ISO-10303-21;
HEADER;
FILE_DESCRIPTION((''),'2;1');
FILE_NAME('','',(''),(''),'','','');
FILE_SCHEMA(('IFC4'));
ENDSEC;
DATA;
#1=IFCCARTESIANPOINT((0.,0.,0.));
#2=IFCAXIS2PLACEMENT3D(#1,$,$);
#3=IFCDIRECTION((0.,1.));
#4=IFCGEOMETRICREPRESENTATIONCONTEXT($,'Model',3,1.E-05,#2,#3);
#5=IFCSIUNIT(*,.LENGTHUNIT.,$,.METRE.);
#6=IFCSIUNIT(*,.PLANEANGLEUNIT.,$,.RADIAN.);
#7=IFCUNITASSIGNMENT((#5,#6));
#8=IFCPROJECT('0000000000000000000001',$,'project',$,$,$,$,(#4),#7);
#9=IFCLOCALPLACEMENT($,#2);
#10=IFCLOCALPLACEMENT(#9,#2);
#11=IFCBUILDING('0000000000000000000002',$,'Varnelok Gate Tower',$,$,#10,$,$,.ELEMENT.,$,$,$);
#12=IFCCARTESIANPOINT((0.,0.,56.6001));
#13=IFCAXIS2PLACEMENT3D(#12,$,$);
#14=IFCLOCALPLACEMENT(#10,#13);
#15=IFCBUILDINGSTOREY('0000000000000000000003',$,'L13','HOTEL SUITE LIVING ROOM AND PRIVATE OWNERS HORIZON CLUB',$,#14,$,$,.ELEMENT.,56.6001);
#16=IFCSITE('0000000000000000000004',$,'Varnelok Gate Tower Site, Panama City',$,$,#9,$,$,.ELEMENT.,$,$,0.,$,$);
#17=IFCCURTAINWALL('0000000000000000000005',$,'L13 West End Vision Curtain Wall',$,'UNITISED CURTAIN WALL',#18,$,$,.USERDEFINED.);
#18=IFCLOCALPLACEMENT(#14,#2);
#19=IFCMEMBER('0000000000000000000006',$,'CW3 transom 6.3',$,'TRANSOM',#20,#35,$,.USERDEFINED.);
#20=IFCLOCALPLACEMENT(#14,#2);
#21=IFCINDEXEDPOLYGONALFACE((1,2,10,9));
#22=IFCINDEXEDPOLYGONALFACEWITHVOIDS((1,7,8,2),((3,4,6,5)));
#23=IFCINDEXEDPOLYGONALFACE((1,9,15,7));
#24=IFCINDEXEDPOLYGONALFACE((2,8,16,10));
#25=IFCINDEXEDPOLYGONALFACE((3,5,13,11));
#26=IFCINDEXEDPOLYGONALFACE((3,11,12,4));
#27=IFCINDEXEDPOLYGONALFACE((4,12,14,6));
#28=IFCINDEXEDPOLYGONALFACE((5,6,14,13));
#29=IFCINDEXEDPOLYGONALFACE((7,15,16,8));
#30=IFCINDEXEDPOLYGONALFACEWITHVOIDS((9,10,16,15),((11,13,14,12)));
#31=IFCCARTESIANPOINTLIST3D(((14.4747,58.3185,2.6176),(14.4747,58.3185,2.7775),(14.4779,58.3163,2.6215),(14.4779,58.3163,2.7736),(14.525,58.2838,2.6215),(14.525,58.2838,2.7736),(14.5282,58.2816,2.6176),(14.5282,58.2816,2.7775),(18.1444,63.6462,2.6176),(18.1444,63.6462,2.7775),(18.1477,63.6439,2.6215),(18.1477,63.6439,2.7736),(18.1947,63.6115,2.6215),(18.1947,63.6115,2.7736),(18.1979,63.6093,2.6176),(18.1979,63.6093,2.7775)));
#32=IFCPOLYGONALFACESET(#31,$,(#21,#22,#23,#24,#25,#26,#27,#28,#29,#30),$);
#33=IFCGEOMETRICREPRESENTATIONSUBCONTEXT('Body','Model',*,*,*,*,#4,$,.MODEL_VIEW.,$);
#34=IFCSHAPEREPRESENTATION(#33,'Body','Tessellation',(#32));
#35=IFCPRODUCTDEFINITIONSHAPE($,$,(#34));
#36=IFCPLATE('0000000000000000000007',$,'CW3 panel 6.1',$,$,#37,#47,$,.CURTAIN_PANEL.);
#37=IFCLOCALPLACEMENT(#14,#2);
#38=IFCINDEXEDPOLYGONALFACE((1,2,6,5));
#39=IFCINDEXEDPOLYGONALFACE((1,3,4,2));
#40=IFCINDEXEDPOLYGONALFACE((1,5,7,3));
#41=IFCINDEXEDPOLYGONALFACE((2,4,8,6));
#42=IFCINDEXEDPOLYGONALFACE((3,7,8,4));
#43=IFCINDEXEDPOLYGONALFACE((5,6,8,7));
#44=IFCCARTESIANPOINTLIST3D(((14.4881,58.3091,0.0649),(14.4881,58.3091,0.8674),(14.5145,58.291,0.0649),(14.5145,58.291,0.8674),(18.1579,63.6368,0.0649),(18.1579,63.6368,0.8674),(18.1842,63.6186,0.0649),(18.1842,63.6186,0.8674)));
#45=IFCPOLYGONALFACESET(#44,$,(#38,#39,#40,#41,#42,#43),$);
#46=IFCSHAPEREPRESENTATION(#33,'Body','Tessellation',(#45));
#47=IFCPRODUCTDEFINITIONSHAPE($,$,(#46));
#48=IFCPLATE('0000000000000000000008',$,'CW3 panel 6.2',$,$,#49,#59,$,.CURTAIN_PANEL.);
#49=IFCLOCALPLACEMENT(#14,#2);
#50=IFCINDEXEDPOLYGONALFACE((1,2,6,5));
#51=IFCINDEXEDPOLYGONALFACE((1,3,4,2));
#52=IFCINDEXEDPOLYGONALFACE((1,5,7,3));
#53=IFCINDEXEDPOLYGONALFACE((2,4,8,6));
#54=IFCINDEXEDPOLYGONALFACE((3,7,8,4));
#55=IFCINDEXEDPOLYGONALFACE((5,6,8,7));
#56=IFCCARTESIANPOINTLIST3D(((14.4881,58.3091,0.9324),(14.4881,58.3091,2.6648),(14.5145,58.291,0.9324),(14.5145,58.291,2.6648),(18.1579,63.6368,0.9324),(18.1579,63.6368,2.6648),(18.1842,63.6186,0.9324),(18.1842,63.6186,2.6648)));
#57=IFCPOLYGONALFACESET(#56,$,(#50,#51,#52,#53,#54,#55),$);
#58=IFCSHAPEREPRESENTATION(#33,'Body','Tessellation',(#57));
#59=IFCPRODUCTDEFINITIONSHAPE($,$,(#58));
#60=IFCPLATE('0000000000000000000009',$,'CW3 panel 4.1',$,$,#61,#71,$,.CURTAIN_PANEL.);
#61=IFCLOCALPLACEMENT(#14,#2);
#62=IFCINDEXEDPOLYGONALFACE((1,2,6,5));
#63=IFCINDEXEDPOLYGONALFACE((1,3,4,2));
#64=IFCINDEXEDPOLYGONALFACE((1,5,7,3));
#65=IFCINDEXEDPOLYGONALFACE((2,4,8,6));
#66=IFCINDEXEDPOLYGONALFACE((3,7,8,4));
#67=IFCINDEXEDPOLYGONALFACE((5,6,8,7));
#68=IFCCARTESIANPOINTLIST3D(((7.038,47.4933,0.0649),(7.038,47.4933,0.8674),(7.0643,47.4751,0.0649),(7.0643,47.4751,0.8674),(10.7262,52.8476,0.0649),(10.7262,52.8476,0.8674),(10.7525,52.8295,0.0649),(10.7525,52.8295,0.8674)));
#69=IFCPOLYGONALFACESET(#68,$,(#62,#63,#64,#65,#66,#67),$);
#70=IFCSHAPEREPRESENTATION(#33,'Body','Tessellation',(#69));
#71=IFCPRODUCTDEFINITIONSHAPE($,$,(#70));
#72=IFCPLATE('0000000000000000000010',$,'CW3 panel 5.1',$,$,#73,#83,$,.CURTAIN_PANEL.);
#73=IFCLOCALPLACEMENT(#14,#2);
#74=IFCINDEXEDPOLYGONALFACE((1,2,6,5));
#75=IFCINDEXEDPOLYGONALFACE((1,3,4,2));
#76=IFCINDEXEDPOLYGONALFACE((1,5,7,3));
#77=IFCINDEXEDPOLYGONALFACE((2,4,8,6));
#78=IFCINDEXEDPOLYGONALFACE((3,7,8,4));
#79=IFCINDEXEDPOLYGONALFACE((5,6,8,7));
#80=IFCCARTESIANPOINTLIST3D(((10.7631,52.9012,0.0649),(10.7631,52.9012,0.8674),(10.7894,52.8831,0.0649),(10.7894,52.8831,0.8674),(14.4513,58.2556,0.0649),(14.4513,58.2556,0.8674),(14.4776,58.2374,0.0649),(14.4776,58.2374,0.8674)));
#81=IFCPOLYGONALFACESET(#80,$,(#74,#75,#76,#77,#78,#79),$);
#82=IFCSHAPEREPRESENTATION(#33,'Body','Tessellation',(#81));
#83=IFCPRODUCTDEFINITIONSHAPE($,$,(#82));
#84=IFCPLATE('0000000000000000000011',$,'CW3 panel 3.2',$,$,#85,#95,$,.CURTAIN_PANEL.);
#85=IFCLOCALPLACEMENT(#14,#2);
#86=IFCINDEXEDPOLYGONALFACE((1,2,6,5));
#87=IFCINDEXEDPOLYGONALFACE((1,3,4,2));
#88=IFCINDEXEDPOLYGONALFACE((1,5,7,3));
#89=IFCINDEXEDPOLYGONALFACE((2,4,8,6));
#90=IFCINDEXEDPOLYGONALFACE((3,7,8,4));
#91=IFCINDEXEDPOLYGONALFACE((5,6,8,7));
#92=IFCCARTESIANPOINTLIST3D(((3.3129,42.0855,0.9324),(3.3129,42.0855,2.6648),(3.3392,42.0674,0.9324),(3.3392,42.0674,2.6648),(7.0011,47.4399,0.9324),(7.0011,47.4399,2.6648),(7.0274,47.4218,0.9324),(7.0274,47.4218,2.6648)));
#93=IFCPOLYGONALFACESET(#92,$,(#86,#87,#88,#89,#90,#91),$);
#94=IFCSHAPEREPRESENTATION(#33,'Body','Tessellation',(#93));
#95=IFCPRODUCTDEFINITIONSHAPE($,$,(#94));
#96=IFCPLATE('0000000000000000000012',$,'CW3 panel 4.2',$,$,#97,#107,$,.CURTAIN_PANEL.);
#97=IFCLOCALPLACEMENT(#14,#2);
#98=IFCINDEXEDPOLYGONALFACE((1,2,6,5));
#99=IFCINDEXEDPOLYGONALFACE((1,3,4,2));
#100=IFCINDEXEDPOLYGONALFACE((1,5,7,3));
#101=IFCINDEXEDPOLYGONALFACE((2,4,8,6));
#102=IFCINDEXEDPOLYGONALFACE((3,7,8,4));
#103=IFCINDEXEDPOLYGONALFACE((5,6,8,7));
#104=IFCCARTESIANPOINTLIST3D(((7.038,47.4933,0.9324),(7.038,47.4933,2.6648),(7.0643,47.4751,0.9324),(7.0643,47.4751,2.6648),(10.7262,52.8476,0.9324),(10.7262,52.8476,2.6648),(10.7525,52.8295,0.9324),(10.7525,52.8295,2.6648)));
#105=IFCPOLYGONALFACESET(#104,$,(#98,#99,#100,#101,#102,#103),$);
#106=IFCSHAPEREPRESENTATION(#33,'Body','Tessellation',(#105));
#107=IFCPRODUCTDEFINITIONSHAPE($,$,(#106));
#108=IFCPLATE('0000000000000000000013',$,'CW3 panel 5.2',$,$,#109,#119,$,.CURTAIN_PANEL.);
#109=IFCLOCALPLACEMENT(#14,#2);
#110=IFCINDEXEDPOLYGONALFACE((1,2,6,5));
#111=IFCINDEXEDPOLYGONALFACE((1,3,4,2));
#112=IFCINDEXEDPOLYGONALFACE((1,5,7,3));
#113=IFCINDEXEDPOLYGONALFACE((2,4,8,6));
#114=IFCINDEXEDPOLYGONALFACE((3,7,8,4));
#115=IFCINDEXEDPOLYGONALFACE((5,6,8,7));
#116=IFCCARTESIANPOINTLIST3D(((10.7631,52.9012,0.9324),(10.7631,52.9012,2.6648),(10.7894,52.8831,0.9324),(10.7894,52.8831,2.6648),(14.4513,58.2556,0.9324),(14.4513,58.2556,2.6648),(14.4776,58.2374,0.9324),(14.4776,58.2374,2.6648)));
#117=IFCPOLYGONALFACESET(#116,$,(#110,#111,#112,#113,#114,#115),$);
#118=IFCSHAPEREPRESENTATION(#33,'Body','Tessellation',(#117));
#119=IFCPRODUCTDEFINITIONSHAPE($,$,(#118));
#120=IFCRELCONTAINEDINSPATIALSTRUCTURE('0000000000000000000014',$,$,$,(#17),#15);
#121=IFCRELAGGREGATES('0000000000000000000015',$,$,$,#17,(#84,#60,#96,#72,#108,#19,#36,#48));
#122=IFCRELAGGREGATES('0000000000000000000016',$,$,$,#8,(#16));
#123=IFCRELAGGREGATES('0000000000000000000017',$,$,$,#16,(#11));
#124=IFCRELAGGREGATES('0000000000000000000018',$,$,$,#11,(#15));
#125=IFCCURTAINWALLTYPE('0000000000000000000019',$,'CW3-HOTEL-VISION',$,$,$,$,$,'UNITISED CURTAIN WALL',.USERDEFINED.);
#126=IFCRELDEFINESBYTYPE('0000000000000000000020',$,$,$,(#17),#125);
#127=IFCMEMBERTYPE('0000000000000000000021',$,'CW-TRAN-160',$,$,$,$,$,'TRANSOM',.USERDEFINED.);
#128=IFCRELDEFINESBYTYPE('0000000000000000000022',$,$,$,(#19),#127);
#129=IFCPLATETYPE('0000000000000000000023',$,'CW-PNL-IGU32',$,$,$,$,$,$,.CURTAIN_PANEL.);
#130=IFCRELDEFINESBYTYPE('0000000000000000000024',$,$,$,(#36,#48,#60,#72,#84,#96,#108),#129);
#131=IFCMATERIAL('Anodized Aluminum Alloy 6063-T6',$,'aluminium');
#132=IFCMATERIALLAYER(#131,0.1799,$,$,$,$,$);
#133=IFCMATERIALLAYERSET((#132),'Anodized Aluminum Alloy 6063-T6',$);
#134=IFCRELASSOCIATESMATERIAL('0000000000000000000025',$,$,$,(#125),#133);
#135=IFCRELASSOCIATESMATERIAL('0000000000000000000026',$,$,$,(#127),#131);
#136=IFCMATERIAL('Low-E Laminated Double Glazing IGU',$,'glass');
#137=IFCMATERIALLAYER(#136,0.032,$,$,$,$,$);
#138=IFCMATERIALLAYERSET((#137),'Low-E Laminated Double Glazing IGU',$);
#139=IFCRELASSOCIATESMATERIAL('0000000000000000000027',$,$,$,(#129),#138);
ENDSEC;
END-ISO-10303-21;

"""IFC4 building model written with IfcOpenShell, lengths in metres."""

from ifc_helpers import new_model, si_unit, direction, frame, origin, origin_2d, place, context, subcontext, project, spatial, rectangle, hollow_rectangle, extrude, source, transform, mapped, material, layer, layer_set, material_profile, profile_set, type_object, element, aggregate, save


model = new_model("IFC4")

# Units and contexts
model_context = context("Model", 3, precision=1e-05, world=origin(), true_north=direction((0.0, 1.0)))
body_context = subcontext(model_context, "Body", "Model", "MODEL_VIEW")
ifc_project = project(units=[si_unit("LENGTHUNIT", "METRE"), si_unit("PLANEANGLEUNIT", "RADIAN")], contexts=[model_context])

# Site, building, storey
site_placement = place(None, origin())
site = spatial("IfcSite", under=ifc_project, at=site_placement, Name="Varnelok Gate Tower Site, Panama City", CompositionType="ELEMENT", RefElevation=0.0)
building_placement = place(site_placement, origin())
building = spatial("IfcBuilding", under=site, at=building_placement, Name="Varnelok Gate Tower", CompositionType="ELEMENT")
storey_placement = place(building_placement, frame((0.0, 0.0, 56.6001)))
storey = spatial("IfcBuildingStorey", under=building, at=storey_placement, Name="L13", Description="HOTEL SUITE LIVING ROOM AND PRIVATE OWNERS HORIZON CLUB", CompositionType="ELEMENT", Elevation=56.6001)

# Curtain wall, member, plates
ifc_material_1 = material(Name="Anodized Aluminum Alloy 6063-T6", Category="aluminium")
ifc_layer_1 = layer(ifc_material_1, 0.1799)
ifc_layer_set_1 = layer_set([ifc_layer_1], Name="Anodized Aluminum Alloy 6063-T6")
curtain_wall_type = type_object("IfcCurtainWallType", Name="CW3-HOTEL-VISION", ElementType="UNITISED CURTAIN WALL", PredefinedType="USERDEFINED", material=ifc_layer_set_1)
curtain_wall_placement = place(storey_placement, origin())
curtain_wall = element("IfcCurtainWall", 1, at=curtain_wall_placement, inside=storey, type_object=curtain_wall_type, Name="L13 West End Vision Curtain Wall", ObjectType="UNITISED CURTAIN WALL", PredefinedType="USERDEFINED")
ifc_material_profile_1 = material_profile(ifc_material_1, hollow_rectangle(XDim=0.0649, YDim=0.1599, WallThickness=0.0039, at=origin_2d()), Name="ALU160X65X4")
ifc_profile_set_1 = profile_set([ifc_material_profile_1], Name="Anodized Aluminum Alloy 6063-T6")
member_type_1 = type_object("IfcMemberType", Name="CW-TRAN-160", ElementType="TRANSOM", PredefinedType="USERDEFINED", material=ifc_profile_set_1)
member_1_placement = place(storey_placement, frame((14.5015, 58.3, 2.6975), z_axis=(0.567256, 0.823542, 0.0), x_axis=(-0.823542, 0.567256, 0.0)))
member_1 = element("IfcMember", 2, at=member_1_placement, type_object=member_type_1, Name="CW3 transom 6.3", ObjectType="TRANSOM", PredefinedType="USERDEFINED", context=body_context, shape_type="SweptSolid", body=[
    extrude(hollow_rectangle(XDim=0.0649, YDim=0.1599, WallThickness=0.0039, at=origin_2d()), origin(), (0.0, 0.0, 1.0), 6.4692),
])
ifc_material_2 = material(Name="Low-E Laminated Double Glazing IGU", Category="glass")
ifc_layer_2 = layer(ifc_material_2, 0.032)
ifc_layer_set_2 = layer_set([ifc_layer_2], Name="Low-E Laminated Double Glazing IGU")
plate_type = type_object("IfcPlateType", Name="CW-PNL-IGU32", PredefinedType="CURTAIN_PANEL", material=ifc_layer_set_2)
shared_shape_1 = source(origin(), body_context, "Body", "SweptSolid", [
    extrude(rectangle(XDim=6.4692, YDim=0.032, at=origin_2d()), origin(), (0.0, 0.0, 1.0), 0.8025),
])
plate_1_placement = place(storey_placement, frame((16.3362, 60.9639, 0.0649), z_axis=(0.0, 0.0, 1.0), x_axis=(0.567269, 0.823533, 0.0)))
plate_1 = element("IfcPlate", 3, at=plate_1_placement, type_object=plate_type, Name="CW3 panel 6.1", PredefinedType="CURTAIN_PANEL", context=body_context, shape_type="MappedRepresentation", body=[
    mapped(shared_shape_1, transform((0.0, 0.0, 0.0), scale=1.0)),
])
shared_shape_2 = source(origin(), body_context, "Body", "SweptSolid", [
    extrude(rectangle(XDim=6.4692, YDim=0.032, at=origin_2d()), origin(), (0.0, 0.0, 1.0), 1.7324),
])
plate_2_placement = place(storey_placement, frame((16.3362, 60.9639, 0.9324), z_axis=(0.0, 0.0, 1.0), x_axis=(0.567269, 0.823533, 0.0)))
plate_2 = element("IfcPlate", 4, at=plate_2_placement, type_object=plate_type, Name="CW3 panel 6.2", PredefinedType="CURTAIN_PANEL", context=body_context, shape_type="MappedRepresentation", body=[
    mapped(shared_shape_2, transform((0.0, 0.0, 0.0), scale=1.0)),
])
shared_shape_3 = source(origin(), body_context, "Body", "SweptSolid", [
    extrude(rectangle(XDim=6.5017, YDim=0.032, at=origin_2d()), origin(), (0.0, 0.0, 1.0), 0.8025),
])
plate_3_placement = place(storey_placement, frame((8.8953, 50.1614, 0.0649), z_axis=(0.0, 0.0, 1.0), x_axis=(0.567269, 0.823533, 0.0)))
plate_3 = element("IfcPlate", 5, at=plate_3_placement, type_object=plate_type, Name="CW3 panel 4.1", PredefinedType="CURTAIN_PANEL", context=body_context, shape_type="MappedRepresentation", body=[
    mapped(shared_shape_3, transform((0.0, 0.0, 0.0), scale=1.0)),
])
plate_4_placement = place(storey_placement, frame((12.6204, 55.5693, 0.0649), z_axis=(0.0, 0.0, 1.0), x_axis=(0.567269, 0.823533, 0.0)))
plate_4 = element("IfcPlate", 6, at=plate_4_placement, type_object=plate_type, Name="CW3 panel 5.1", PredefinedType="CURTAIN_PANEL", context=body_context, shape_type="MappedRepresentation", body=[
    mapped(shared_shape_3, transform((0.0, 0.0, 0.0), scale=1.0)),
])
shared_shape_4 = source(origin(), body_context, "Body", "SweptSolid", [
    extrude(rectangle(XDim=6.5017, YDim=0.032, at=origin_2d()), origin(), (0.0, 0.0, 1.0), 1.7324),
])
plate_5_placement = place(storey_placement, frame((5.1702, 44.7537, 0.9324), z_axis=(0.0, 0.0, 1.0), x_axis=(0.567269, 0.823533, 0.0)))
plate_5 = element("IfcPlate", 7, at=plate_5_placement, type_object=plate_type, Name="CW3 panel 3.2", PredefinedType="CURTAIN_PANEL", context=body_context, shape_type="MappedRepresentation", body=[
    mapped(shared_shape_4, transform((0.0, 0.0, 0.0), scale=1.0)),
])
plate_6_placement = place(storey_placement, frame((8.8953, 50.1614, 0.9324), z_axis=(0.0, 0.0, 1.0), x_axis=(0.567269, 0.823533, 0.0)))
plate_6 = element("IfcPlate", 8, at=plate_6_placement, type_object=plate_type, Name="CW3 panel 4.2", PredefinedType="CURTAIN_PANEL", context=body_context, shape_type="MappedRepresentation", body=[
    mapped(shared_shape_4, transform((0.0, 0.0, 0.0), scale=1.0)),
])
plate_7_placement = place(storey_placement, frame((12.6204, 55.5693, 0.9324), z_axis=(0.0, 0.0, 1.0), x_axis=(0.567269, 0.823533, 0.0)))
plate_7 = element("IfcPlate", 9, at=plate_7_placement, type_object=plate_type, Name="CW3 panel 5.2", PredefinedType="CURTAIN_PANEL", context=body_context, shape_type="MappedRepresentation", body=[
    mapped(shared_shape_4, transform((0.0, 0.0, 0.0), scale=1.0)),
])
aggregate(curtain_wall, [plate_5, plate_3, plate_6, plate_4, plate_7, member_1, plate_1, plate_2])

save(model, "model.ifc")
